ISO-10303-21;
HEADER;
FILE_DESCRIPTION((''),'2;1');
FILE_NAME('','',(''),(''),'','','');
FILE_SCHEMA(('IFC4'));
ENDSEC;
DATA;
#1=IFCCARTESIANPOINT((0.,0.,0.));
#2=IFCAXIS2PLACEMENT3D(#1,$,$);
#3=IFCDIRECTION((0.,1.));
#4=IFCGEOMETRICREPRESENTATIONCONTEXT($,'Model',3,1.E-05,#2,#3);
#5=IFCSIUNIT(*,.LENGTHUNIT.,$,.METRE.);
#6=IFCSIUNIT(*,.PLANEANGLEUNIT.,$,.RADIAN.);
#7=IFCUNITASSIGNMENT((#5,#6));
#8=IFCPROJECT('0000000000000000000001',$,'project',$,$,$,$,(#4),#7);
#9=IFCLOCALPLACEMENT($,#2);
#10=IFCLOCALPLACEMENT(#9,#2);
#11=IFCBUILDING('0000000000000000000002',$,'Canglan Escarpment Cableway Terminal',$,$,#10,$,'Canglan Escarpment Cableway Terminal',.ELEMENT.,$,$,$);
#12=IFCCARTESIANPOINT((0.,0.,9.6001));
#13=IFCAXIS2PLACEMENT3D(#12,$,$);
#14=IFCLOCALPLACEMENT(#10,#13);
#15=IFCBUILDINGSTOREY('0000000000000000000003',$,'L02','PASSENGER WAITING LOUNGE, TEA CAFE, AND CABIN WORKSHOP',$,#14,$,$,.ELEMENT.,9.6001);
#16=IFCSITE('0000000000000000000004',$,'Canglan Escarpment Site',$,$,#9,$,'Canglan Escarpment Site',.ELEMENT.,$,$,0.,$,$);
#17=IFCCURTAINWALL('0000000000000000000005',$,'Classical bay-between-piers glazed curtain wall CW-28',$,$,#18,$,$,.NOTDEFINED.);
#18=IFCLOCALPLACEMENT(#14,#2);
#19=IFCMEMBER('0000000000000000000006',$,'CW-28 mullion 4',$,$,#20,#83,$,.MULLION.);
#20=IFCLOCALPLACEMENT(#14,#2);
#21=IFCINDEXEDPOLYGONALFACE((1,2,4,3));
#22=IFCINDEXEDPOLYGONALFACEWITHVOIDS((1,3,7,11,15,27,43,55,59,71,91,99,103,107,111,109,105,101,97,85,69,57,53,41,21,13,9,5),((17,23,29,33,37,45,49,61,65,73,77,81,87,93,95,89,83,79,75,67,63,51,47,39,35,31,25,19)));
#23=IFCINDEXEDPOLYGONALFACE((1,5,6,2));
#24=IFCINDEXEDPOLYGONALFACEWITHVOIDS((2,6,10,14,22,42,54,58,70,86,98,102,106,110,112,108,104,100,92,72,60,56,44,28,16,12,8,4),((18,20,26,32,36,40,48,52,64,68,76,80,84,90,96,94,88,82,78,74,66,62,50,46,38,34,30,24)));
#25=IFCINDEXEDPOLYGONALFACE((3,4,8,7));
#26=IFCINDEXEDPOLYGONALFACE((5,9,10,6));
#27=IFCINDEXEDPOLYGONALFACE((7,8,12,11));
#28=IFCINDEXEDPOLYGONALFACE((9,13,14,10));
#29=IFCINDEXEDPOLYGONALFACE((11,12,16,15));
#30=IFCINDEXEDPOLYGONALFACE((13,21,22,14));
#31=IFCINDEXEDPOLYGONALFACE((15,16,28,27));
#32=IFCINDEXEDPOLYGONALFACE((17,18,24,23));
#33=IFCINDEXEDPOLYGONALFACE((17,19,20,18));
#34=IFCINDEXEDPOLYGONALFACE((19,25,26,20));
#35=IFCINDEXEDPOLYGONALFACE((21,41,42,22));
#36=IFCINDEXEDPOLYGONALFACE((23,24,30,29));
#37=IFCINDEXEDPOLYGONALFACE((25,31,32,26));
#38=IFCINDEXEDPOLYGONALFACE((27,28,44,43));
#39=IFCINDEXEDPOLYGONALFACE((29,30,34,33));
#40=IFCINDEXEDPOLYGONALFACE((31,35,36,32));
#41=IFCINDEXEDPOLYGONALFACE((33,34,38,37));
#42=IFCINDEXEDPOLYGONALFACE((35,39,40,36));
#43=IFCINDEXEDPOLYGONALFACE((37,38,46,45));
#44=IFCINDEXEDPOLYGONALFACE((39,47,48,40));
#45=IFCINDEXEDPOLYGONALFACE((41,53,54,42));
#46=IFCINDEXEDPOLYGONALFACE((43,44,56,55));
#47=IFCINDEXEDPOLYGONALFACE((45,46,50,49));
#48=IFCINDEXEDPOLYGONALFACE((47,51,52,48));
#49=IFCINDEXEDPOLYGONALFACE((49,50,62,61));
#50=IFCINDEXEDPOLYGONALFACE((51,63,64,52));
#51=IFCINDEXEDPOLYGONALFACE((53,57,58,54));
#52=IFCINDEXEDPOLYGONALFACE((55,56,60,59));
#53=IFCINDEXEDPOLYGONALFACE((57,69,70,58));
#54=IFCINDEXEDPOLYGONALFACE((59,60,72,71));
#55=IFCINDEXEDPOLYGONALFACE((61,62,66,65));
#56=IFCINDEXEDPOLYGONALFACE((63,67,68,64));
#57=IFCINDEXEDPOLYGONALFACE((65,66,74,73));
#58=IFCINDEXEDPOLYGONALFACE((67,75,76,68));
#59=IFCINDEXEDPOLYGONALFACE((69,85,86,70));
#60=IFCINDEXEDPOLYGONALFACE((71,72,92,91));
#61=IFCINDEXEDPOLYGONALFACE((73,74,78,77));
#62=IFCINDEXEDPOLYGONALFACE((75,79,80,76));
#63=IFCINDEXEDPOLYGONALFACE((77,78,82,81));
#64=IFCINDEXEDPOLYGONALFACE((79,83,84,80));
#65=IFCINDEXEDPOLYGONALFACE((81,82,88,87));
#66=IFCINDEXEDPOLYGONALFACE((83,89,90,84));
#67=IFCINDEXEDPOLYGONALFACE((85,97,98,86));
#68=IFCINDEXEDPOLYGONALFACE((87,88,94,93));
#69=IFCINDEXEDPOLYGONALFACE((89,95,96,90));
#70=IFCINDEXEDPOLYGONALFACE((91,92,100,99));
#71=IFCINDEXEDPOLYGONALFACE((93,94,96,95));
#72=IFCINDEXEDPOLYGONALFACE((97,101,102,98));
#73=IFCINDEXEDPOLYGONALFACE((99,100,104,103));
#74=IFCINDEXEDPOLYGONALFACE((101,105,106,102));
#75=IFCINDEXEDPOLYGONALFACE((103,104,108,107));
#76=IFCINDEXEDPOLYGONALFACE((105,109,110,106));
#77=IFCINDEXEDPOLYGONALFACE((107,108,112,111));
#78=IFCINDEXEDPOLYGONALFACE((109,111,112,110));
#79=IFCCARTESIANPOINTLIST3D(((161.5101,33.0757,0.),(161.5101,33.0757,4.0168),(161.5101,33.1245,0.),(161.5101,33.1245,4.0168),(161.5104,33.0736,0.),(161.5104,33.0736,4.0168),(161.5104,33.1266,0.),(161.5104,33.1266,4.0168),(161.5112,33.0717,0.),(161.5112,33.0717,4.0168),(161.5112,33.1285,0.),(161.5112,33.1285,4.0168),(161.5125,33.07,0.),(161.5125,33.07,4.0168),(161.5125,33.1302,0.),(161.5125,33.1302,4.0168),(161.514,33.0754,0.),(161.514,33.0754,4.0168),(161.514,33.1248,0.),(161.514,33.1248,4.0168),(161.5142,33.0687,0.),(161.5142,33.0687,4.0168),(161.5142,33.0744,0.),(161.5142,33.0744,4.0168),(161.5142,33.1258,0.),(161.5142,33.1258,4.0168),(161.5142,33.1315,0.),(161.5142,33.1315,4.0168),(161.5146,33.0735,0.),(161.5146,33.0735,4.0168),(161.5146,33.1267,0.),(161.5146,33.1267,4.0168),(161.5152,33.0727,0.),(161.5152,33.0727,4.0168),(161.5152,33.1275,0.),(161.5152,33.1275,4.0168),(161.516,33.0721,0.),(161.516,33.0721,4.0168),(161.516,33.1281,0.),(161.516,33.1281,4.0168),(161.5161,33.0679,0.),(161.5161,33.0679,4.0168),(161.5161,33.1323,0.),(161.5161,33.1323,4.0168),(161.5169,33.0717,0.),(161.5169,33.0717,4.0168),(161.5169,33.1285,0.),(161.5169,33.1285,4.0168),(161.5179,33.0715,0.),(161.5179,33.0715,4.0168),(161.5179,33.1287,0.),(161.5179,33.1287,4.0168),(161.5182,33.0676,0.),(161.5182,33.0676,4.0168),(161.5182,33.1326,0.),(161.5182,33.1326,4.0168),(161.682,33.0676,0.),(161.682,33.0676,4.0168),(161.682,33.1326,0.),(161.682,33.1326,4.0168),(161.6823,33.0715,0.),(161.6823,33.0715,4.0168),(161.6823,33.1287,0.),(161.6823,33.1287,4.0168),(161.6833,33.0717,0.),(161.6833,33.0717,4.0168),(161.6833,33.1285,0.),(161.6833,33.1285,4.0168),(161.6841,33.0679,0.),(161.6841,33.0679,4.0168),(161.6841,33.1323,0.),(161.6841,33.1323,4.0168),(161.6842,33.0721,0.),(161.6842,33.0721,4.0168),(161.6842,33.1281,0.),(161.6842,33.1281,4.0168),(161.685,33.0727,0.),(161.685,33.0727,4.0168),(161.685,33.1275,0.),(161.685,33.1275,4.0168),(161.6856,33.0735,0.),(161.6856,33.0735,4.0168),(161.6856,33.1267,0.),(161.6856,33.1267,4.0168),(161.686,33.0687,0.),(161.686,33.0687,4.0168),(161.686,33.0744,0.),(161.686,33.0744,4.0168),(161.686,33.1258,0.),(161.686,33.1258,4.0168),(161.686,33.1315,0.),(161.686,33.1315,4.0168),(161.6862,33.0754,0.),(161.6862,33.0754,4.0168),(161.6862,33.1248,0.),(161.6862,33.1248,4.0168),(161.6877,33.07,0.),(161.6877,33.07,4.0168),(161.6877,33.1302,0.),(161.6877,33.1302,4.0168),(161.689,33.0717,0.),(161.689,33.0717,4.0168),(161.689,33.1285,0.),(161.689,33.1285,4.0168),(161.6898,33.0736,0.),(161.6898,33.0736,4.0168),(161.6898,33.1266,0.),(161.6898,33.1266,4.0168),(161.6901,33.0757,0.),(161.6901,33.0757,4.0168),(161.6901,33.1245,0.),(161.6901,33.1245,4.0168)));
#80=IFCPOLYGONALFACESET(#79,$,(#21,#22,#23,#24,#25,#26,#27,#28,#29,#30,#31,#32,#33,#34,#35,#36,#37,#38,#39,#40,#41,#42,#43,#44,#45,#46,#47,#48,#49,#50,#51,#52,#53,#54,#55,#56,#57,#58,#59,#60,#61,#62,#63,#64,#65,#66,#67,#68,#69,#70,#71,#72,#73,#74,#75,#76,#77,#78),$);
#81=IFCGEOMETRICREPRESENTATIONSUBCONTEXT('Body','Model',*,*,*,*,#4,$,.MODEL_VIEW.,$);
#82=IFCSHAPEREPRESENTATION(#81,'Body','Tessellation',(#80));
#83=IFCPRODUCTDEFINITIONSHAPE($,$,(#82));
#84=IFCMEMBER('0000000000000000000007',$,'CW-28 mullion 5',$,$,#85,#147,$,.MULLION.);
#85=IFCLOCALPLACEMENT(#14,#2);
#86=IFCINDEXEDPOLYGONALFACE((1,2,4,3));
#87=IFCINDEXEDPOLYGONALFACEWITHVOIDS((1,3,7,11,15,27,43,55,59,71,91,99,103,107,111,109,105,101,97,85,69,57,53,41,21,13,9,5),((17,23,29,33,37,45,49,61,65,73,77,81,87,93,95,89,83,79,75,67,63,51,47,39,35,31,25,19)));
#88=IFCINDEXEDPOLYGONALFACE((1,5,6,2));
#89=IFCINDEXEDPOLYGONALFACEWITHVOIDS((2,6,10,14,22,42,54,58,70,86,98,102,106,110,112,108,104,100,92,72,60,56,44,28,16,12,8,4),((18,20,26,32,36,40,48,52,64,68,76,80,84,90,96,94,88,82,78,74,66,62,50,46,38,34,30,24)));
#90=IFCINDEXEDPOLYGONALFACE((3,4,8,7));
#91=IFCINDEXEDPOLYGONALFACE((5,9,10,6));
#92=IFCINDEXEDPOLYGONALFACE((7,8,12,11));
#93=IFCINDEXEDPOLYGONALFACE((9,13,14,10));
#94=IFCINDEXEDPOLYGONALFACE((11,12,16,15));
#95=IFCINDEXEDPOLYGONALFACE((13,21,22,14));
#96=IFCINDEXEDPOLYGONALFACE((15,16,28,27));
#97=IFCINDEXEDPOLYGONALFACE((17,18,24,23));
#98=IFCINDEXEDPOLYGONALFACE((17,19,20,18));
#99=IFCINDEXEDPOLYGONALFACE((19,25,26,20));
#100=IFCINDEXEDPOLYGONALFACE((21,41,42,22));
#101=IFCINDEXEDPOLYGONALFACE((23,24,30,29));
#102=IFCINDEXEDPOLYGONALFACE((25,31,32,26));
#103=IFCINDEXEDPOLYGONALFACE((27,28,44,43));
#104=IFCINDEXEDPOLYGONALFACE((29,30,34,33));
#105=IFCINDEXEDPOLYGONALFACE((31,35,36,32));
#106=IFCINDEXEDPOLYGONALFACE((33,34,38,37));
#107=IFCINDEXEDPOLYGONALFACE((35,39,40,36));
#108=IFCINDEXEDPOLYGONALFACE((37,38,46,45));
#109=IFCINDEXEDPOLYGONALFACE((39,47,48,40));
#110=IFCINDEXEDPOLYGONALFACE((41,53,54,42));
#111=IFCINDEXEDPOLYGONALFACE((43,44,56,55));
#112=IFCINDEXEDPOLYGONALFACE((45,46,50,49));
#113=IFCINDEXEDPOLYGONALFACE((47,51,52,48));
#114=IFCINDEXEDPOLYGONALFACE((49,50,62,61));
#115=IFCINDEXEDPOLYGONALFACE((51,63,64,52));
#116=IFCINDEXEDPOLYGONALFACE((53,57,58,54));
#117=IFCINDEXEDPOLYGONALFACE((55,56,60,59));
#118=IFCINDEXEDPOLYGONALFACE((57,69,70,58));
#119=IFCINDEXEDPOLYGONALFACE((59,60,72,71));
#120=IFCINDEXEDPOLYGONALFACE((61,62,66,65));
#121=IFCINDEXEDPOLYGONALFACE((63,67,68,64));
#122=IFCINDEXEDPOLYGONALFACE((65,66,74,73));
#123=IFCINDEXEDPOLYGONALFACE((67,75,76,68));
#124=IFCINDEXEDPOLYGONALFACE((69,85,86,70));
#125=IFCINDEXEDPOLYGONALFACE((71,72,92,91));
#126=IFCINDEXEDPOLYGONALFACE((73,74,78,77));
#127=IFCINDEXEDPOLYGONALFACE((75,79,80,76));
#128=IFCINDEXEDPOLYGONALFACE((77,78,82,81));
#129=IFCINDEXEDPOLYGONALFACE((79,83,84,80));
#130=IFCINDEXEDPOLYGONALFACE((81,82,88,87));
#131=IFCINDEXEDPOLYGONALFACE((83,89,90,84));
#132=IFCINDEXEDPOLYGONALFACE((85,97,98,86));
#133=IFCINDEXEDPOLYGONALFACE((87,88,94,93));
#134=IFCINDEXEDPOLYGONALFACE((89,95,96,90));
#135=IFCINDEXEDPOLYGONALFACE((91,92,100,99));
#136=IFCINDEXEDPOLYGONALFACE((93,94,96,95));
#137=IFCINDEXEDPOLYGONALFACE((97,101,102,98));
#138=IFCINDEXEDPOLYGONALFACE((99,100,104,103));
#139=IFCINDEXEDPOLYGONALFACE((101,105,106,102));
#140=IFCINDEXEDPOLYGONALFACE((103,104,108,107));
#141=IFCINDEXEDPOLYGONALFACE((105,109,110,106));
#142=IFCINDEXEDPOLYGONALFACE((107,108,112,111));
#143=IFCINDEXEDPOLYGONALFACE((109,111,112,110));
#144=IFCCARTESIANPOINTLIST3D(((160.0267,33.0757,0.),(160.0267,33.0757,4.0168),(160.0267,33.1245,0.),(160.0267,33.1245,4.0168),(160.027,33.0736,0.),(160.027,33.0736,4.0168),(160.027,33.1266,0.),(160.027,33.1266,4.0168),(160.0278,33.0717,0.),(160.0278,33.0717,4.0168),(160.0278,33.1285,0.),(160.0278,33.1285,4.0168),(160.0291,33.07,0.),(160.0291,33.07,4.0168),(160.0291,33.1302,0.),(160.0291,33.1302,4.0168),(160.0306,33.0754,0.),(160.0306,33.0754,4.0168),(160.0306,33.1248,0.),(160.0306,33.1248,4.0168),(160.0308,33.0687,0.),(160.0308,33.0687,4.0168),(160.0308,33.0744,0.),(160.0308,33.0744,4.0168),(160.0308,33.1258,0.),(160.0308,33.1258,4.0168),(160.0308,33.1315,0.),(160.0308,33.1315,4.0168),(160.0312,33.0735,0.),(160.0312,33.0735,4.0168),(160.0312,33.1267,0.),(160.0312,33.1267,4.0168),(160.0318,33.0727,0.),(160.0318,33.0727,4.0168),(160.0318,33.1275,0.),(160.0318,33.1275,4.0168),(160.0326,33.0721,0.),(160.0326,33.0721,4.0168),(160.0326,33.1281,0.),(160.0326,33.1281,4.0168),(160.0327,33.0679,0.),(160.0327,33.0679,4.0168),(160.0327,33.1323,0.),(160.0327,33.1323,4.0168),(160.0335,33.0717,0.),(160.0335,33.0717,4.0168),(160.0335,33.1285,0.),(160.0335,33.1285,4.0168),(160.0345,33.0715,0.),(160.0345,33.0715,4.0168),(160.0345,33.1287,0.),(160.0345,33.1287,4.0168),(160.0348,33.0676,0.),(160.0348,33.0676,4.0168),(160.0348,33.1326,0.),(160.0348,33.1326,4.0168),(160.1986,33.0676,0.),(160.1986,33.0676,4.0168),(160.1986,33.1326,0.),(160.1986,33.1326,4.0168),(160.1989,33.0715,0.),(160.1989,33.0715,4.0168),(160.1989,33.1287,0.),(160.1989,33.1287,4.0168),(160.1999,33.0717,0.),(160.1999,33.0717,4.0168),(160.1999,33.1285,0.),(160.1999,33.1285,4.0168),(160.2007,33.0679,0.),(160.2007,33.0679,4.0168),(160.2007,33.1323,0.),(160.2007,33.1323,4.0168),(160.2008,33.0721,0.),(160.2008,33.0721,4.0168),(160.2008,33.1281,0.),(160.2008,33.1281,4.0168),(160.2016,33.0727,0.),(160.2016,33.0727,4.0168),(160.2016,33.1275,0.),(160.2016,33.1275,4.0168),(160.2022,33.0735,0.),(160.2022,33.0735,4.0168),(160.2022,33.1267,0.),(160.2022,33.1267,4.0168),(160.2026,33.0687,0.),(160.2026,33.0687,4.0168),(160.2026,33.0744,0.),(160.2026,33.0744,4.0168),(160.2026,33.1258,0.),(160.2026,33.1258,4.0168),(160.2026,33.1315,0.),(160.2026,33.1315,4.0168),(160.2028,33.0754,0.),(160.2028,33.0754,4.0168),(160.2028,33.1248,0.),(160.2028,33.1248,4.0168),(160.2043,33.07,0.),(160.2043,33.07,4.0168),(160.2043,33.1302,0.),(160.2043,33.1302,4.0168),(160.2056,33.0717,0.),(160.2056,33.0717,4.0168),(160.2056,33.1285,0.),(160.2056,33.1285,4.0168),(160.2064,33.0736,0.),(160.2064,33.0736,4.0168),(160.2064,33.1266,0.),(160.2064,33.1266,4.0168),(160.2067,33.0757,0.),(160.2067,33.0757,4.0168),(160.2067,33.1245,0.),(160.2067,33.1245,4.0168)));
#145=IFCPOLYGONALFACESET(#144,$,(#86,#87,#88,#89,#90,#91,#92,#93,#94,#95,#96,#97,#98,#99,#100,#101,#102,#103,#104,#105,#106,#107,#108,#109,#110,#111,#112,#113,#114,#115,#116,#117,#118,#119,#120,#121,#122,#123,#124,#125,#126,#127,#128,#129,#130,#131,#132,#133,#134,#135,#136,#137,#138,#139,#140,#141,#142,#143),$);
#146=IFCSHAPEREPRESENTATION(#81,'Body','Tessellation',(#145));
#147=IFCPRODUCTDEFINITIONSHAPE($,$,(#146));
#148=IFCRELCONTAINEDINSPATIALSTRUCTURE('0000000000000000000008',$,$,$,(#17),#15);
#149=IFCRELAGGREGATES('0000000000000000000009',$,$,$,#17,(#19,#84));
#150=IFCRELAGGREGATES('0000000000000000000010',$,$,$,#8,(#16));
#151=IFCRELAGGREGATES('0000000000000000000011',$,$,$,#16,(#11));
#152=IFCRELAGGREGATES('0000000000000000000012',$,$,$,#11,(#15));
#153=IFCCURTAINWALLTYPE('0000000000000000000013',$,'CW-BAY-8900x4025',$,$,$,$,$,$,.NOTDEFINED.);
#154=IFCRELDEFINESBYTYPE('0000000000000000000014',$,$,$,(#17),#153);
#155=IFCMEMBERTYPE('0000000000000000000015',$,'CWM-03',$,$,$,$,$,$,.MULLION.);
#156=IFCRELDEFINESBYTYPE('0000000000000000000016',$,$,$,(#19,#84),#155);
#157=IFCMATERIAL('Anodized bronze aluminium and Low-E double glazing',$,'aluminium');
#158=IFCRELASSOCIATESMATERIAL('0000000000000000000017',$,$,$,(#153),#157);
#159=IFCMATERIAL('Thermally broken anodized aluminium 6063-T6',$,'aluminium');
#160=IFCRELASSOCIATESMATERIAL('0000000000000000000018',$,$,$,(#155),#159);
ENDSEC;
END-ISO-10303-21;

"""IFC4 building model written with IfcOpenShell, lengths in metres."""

from ifc_helpers import new_model, si_unit, direction, frame, origin, origin_2d, place, context, subcontext, project, spatial, hollow_rectangle, extrude, material, material_profile, profile_set, type_object, element, aggregate, save


model = new_model("IFC4")

# Units and contexts
model_context = context("Model", 3, precision=1e-05, world=origin(), true_north=direction((0.0, 1.0)))
body_context = subcontext(model_context, "Body", "Model", "MODEL_VIEW")
ifc_project = project(units=[si_unit("LENGTHUNIT", "METRE"), si_unit("PLANEANGLEUNIT", "RADIAN")], contexts=[model_context])

# Site, building, storey
site_placement = place(None, origin())
site = spatial("IfcSite", under=ifc_project, at=site_placement, Name="Canglan Escarpment Site", LongName="Canglan Escarpment Site", CompositionType="ELEMENT", RefElevation=0.0)
building_placement = place(site_placement, origin())
building = spatial("IfcBuilding", under=site, at=building_placement, Name="Canglan Escarpment Cableway Terminal", LongName="Canglan Escarpment Cableway Terminal", CompositionType="ELEMENT")
storey_placement = place(building_placement, frame((0.0, 0.0, 9.6001)))
storey = spatial("IfcBuildingStorey", under=building, at=storey_placement, Name="L02", Description="PASSENGER WAITING LOUNGE, TEA CAFE, AND CABIN WORKSHOP", CompositionType="ELEMENT", Elevation=9.6001)

# Curtain wall, members
ifc_material_1 = material(Name="Anodized bronze aluminium and Low-E double glazing", Category="aluminium")
curtain_wall_type = type_object("IfcCurtainWallType", Name="CW-BAY-8900x4025", PredefinedType="NOTDEFINED", material=ifc_material_1)
curtain_wall_placement = place(storey_placement, origin())
curtain_wall = element("IfcCurtainWall", 1, at=curtain_wall_placement, inside=storey, type_object=curtain_wall_type, Name="Classical bay-between-piers glazed curtain wall CW-28", PredefinedType="NOTDEFINED")
ifc_material_2 = material(Name="Thermally broken anodized aluminium 6063-T6", Category="aluminium")
ifc_material_profile_1 = material_profile(ifc_material_2, hollow_rectangle(XDim=0.0649, YDim=0.1799, WallThickness=0.0039, InnerFilletRadius=0.0039, OuterFilletRadius=0.0081, at=origin_2d()), Name="ALU-MULL 65x180x4")
ifc_profile_set_1 = profile_set([ifc_material_profile_1], Name="Thermally broken anodized aluminium 6063-T6")
member_type_1 = type_object("IfcMemberType", Name="CWM-03", PredefinedType="MULLION", material=ifc_profile_set_1)
member_1_placement = place(storey_placement, frame((161.6001, 33.1001, 0.0), z_axis=(0.0, 0.0, 1.0), x_axis=(0.0, -1.0, 0.0)))
member_1 = element("IfcMember", 2, at=member_1_placement, type_object=member_type_1, Name="CW-28 mullion 4", PredefinedType="MULLION", context=body_context, shape_type="SweptSolid", body=[
    extrude(hollow_rectangle(XDim=0.0649, YDim=0.1799, WallThickness=0.0039, InnerFilletRadius=0.0039, OuterFilletRadius=0.0081, at=origin_2d()), origin(), (0.0, 0.0, 1.0), 4.0168),
])
member_2_placement = place(storey_placement, frame((160.1167, 33.1001, 0.0), z_axis=(0.0, 0.0, 1.0), x_axis=(0.0, -1.0, 0.0)))
member_2 = element("IfcMember", 3, at=member_2_placement, type_object=member_type_1, Name="CW-28 mullion 5", PredefinedType="MULLION", context=body_context, shape_type="SweptSolid", body=[
    extrude(hollow_rectangle(XDim=0.0649, YDim=0.1799, WallThickness=0.0039, InnerFilletRadius=0.0039, OuterFilletRadius=0.0081, at=origin_2d()), origin(), (0.0, 0.0, 1.0), 4.0168),
])
aggregate(curtain_wall, [member_1, member_2])

save(model, "model.ifc")
